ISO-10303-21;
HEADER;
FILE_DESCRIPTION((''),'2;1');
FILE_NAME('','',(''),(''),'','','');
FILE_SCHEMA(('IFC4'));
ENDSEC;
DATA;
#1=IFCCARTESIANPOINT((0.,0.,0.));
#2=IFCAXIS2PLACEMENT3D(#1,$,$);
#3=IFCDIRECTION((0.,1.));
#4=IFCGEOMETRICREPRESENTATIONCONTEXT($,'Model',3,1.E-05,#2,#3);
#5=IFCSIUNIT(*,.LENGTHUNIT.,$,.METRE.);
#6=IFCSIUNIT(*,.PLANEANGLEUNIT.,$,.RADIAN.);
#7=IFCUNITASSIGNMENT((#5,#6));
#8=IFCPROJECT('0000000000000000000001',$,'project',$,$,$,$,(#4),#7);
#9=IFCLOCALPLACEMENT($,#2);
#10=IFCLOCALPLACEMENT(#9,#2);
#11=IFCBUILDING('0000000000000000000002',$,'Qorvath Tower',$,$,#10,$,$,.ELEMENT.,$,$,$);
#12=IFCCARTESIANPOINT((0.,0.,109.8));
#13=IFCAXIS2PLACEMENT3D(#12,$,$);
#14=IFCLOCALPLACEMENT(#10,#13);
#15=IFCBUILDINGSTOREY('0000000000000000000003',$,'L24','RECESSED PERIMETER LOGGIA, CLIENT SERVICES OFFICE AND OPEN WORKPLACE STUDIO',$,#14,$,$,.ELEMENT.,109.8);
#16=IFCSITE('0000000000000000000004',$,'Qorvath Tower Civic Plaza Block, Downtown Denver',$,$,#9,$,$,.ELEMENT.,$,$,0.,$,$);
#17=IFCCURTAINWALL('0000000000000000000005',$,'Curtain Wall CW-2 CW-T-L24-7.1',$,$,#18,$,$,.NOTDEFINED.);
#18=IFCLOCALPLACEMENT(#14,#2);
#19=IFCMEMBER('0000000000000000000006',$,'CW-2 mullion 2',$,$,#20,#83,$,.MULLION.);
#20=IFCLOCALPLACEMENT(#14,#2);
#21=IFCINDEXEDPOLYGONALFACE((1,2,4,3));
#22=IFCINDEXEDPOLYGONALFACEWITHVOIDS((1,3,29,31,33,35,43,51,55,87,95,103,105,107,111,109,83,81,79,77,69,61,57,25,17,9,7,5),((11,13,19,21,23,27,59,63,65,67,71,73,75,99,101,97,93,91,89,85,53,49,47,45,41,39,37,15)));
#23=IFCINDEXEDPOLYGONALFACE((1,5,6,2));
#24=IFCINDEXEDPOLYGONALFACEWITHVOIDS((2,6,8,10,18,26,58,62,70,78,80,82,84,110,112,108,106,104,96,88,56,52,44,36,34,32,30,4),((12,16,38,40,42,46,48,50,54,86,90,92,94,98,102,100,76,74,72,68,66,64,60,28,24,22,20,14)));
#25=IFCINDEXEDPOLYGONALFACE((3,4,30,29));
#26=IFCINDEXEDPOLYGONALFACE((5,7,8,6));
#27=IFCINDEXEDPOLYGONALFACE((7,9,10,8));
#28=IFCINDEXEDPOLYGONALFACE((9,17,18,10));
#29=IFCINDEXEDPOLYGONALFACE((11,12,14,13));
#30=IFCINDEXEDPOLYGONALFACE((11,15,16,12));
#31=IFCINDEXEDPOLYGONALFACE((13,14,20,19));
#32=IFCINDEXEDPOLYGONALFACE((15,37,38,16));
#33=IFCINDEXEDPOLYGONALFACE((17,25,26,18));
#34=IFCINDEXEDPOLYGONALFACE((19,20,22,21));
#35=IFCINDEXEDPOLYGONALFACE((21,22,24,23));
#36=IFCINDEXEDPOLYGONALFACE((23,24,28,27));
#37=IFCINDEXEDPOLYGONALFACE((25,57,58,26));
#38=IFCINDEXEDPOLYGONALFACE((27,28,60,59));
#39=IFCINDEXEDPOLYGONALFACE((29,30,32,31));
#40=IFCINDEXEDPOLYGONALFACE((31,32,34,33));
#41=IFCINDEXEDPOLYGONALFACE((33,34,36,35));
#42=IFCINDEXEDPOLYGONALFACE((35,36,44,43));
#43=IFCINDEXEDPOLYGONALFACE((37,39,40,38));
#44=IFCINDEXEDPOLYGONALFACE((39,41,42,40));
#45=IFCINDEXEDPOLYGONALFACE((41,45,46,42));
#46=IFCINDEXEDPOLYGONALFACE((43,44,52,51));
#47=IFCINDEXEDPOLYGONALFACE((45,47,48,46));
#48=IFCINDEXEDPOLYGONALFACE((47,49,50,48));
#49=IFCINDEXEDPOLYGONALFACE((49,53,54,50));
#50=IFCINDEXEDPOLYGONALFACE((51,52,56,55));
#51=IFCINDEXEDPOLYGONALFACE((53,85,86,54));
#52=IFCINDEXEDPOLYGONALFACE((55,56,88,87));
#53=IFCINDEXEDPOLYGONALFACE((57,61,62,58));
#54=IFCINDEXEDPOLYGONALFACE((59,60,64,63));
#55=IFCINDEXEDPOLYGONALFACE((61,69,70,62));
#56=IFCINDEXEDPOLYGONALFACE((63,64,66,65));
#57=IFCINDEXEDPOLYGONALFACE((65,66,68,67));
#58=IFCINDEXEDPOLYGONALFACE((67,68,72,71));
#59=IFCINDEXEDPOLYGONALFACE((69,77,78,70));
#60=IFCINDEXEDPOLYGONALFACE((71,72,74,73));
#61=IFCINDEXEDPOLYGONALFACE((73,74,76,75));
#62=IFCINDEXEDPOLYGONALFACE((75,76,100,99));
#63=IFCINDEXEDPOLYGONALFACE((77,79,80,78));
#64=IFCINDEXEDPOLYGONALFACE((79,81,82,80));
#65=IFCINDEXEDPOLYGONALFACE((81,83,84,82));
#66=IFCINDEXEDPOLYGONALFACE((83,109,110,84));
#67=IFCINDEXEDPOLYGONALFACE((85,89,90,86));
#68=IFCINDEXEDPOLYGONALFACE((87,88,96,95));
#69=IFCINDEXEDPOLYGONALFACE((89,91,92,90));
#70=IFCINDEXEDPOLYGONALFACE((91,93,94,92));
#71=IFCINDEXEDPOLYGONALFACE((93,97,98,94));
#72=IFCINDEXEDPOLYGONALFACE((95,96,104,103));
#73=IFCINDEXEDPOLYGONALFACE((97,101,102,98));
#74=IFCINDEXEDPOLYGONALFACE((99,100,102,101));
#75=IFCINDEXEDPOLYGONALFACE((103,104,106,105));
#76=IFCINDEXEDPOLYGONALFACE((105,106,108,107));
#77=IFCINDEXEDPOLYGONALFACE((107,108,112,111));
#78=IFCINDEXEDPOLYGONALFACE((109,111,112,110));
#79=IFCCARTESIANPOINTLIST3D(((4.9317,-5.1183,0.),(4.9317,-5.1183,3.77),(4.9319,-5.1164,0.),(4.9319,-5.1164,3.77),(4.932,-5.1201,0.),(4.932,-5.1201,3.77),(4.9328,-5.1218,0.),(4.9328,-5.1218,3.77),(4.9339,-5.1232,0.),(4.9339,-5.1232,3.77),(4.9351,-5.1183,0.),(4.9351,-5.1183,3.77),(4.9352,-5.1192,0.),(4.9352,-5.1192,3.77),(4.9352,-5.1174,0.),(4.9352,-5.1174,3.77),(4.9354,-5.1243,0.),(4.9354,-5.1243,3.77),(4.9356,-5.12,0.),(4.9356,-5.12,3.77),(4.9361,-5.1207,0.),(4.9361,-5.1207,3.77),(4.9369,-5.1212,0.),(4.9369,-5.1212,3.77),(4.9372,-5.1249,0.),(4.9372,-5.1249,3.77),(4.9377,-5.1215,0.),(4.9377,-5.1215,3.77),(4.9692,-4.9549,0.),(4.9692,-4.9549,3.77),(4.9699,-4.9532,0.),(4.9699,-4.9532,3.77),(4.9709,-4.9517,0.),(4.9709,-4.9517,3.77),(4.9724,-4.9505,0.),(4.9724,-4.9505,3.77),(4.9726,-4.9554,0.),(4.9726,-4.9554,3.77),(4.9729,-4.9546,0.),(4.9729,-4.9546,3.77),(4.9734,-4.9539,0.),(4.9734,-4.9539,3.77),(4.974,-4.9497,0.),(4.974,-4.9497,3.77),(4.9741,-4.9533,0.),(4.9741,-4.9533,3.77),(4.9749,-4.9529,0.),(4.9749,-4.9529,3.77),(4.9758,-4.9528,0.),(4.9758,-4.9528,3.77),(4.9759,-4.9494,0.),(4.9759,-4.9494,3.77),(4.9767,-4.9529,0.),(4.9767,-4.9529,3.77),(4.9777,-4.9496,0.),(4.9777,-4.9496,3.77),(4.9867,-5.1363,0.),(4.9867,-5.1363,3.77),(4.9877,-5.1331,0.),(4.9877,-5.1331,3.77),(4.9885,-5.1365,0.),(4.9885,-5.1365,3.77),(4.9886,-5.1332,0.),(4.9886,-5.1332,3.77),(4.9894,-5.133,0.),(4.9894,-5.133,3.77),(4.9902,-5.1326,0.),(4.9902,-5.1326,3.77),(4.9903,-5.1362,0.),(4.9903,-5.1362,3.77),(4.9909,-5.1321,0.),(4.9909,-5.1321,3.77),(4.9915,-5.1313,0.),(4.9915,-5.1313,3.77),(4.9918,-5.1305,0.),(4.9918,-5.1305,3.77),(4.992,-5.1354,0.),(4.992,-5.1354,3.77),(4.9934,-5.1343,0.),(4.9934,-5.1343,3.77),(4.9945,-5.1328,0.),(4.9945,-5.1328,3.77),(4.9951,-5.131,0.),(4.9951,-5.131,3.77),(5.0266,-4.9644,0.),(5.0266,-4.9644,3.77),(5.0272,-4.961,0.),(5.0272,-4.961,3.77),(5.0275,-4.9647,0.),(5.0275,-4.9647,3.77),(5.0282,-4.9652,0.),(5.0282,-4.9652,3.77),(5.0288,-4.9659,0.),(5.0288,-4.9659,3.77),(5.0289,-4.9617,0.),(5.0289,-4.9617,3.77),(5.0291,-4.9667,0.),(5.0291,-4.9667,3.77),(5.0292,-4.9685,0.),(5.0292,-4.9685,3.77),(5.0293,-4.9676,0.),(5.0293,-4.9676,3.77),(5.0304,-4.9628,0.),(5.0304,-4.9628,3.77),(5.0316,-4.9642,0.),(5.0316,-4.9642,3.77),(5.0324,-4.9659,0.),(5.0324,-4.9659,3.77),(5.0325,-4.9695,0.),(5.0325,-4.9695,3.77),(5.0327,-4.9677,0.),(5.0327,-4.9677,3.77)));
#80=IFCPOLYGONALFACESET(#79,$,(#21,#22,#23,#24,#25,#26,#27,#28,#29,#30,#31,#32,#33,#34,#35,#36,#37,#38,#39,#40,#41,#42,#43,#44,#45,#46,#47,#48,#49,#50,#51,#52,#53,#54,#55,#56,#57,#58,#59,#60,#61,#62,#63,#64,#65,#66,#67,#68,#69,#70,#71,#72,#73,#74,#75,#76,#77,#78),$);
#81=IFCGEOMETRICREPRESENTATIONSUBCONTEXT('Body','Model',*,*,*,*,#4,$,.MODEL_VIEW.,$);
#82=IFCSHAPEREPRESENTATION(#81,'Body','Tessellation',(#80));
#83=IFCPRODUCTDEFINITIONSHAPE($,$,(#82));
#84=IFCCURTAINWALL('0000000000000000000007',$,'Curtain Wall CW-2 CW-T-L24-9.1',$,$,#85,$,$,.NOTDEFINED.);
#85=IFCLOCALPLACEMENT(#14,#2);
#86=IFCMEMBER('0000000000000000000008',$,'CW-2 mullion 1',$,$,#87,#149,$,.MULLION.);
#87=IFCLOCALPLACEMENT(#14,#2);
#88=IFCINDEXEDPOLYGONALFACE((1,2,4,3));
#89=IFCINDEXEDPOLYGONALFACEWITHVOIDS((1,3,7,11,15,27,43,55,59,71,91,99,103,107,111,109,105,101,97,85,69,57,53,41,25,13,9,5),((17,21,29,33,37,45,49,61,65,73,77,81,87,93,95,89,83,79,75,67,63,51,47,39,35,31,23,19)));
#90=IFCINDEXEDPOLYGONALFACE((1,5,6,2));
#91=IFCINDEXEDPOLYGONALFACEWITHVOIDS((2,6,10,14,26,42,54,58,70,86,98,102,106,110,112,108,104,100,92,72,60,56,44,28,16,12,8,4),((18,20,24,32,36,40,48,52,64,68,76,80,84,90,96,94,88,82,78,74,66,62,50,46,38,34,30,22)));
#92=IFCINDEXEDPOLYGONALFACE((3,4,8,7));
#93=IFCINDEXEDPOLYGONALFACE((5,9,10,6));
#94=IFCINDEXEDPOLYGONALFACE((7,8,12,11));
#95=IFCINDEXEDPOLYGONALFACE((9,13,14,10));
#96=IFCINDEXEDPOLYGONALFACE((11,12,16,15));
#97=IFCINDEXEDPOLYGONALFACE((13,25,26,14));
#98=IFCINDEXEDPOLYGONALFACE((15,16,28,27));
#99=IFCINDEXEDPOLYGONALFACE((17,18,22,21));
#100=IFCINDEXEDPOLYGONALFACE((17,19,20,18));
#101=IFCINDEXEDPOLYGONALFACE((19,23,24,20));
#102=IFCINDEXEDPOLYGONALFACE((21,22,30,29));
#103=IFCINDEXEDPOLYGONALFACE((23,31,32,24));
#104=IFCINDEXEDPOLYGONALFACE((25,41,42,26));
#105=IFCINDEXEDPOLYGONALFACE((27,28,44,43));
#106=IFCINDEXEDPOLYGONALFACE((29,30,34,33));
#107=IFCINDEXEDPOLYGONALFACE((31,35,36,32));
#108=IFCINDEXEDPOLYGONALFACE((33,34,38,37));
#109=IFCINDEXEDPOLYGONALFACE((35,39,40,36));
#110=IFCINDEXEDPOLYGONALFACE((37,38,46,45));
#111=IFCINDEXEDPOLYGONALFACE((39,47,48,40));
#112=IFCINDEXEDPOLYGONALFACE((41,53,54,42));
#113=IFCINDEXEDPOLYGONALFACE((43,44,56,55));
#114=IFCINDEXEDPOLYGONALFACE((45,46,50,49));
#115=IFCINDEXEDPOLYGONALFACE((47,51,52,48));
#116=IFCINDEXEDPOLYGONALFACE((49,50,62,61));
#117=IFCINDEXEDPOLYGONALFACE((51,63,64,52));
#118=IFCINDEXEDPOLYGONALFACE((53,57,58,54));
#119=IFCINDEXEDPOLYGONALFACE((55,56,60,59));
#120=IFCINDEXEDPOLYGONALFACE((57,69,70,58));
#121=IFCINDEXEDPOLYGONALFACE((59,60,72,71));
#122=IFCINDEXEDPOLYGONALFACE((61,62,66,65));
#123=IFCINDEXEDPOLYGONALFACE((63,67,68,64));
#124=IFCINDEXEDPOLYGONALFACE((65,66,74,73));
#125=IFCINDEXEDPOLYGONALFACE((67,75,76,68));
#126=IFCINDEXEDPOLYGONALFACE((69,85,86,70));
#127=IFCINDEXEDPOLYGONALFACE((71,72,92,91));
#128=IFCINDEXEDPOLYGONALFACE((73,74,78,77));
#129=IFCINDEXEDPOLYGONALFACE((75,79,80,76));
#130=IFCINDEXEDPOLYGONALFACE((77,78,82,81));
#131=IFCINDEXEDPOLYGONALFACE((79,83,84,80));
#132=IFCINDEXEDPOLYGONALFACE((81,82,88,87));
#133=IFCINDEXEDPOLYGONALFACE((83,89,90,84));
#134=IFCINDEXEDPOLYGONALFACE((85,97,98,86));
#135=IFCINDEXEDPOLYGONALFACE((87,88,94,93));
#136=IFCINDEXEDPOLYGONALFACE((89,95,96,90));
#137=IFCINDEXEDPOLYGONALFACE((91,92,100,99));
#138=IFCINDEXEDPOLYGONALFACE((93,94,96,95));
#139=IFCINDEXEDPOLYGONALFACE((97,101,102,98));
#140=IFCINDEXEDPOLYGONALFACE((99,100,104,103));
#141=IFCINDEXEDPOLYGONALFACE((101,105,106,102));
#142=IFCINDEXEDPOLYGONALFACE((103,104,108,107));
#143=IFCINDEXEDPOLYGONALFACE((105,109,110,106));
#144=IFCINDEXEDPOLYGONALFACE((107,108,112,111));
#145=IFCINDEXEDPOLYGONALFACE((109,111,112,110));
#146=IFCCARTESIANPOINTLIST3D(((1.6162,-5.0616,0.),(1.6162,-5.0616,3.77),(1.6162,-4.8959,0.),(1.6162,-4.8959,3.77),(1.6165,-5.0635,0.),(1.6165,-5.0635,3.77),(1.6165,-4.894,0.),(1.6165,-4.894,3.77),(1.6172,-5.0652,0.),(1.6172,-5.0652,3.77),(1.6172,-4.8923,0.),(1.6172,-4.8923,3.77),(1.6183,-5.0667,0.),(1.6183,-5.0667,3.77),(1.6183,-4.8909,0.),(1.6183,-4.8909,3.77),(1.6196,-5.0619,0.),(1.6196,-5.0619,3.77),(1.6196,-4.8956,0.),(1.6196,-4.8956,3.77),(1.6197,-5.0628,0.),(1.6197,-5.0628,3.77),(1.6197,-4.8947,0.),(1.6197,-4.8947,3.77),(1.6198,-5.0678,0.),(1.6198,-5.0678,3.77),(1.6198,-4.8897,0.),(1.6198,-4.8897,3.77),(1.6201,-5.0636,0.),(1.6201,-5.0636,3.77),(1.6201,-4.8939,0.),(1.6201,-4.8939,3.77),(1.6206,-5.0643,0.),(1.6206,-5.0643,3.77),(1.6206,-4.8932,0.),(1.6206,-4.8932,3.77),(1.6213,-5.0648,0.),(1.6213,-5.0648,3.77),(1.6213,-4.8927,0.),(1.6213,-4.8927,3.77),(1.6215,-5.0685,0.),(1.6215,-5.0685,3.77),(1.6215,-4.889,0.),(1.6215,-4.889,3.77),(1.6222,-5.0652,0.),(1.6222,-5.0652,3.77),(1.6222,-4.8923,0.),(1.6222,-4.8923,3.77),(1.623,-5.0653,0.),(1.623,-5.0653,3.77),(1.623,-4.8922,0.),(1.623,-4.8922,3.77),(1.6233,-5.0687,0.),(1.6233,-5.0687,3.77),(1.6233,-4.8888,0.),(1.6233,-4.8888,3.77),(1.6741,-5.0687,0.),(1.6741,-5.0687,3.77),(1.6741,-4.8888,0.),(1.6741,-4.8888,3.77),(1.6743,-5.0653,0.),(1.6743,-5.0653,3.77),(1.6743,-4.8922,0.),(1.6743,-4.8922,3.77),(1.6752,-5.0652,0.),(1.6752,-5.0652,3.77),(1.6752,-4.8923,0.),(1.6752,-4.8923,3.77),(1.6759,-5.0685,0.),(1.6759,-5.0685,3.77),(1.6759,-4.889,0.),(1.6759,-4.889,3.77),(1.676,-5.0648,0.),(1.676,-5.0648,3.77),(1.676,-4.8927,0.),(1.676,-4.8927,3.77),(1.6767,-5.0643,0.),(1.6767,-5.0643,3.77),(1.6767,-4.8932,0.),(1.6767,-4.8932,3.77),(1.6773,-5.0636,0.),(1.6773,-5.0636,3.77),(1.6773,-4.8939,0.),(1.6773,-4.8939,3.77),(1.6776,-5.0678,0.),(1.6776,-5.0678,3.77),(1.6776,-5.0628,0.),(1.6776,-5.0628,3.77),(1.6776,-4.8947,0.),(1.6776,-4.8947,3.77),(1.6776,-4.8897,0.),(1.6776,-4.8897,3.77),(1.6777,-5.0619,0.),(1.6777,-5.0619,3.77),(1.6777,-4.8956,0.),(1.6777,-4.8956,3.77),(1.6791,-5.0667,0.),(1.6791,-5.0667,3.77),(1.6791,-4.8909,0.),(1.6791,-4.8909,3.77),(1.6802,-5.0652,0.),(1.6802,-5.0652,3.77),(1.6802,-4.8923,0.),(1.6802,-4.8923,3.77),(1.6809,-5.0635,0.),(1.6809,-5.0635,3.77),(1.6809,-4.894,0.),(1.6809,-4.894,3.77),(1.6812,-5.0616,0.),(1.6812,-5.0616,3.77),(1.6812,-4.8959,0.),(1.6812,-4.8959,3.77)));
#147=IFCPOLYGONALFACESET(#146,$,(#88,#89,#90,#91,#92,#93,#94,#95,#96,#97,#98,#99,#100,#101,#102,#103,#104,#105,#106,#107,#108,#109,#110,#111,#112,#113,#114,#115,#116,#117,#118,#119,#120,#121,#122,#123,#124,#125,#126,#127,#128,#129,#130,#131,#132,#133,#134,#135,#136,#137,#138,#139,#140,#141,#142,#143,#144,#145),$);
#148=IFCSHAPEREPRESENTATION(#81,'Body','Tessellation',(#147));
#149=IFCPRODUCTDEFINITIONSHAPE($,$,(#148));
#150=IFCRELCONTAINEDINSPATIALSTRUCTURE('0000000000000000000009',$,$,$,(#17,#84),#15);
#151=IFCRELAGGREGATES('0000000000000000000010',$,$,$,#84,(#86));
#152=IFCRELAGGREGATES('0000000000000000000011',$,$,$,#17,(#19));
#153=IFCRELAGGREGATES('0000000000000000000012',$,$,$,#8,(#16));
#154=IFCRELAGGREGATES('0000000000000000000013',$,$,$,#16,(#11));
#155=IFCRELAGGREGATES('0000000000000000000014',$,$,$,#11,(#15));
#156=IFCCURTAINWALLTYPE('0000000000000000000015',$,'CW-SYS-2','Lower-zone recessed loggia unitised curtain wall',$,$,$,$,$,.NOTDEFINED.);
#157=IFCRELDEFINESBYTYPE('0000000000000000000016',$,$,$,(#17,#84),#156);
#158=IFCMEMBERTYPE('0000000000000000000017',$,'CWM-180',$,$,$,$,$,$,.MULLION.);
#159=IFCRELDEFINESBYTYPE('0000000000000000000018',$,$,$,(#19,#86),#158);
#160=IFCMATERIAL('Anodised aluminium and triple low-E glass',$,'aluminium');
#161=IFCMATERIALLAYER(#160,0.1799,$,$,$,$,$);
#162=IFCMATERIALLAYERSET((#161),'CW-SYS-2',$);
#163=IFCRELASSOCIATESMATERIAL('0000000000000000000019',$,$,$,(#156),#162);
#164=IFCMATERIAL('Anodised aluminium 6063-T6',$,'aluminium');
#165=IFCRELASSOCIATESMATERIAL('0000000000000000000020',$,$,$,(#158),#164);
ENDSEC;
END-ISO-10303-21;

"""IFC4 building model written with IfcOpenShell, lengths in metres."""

from ifc_helpers import new_model, si_unit, direction, frame, origin, origin_2d, place, context, subcontext, project, spatial, hollow_rectangle, extrude, material, layer, layer_set, material_profile, profile_set, type_object, element, aggregate, save


model = new_model("IFC4")

# Units and contexts
model_context = context("Model", 3, precision=1e-05, world=origin(), true_north=direction((0.0, 1.0)))
body_context = subcontext(model_context, "Body", "Model", "MODEL_VIEW")
ifc_project = project(units=[si_unit("LENGTHUNIT", "METRE"), si_unit("PLANEANGLEUNIT", "RADIAN")], contexts=[model_context])

# Site, building, storey
site_placement = place(None, origin())
site = spatial("IfcSite", under=ifc_project, at=site_placement, Name="Qorvath Tower Civic Plaza Block, Downtown Denver", CompositionType="ELEMENT", RefElevation=0.0)
building_placement = place(site_placement, origin())
building = spatial("IfcBuilding", under=site, at=building_placement, Name="Qorvath Tower", CompositionType="ELEMENT")
storey_placement = place(building_placement, frame((0.0, 0.0, 109.8)))
storey = spatial("IfcBuildingStorey", under=building, at=storey_placement, Name="L24", Description="RECESSED PERIMETER LOGGIA, CLIENT SERVICES OFFICE AND OPEN WORKPLACE STUDIO", CompositionType="ELEMENT", Elevation=109.8)

# Shared definitions
ifc_material_1 = material(Name="Anodised aluminium and triple low-E glass", Category="aluminium")
ifc_layer_1 = layer(ifc_material_1, 0.1799)
ifc_layer_set_1 = layer_set([ifc_layer_1], Name="CW-SYS-2")
curtain_wall_type = type_object("IfcCurtainWallType", Name="CW-SYS-2", Description="Lower-zone recessed loggia unitised curtain wall", PredefinedType="NOTDEFINED", material=ifc_layer_set_1)
ifc_material_2 = material(Name="Anodised aluminium 6063-T6", Category="aluminium")
ifc_material_profile_1 = material_profile(ifc_material_2, hollow_rectangle(XDim=0.0649, YDim=0.1799, WallThickness=0.0034, InnerFilletRadius=0.0034, OuterFilletRadius=0.0071, at=origin_2d()), Name="CWM 180x65")
ifc_profile_set_1 = profile_set([ifc_material_profile_1], Name="Anodised aluminium 6063-T6")
member_type_1 = type_object("IfcMemberType", Name="CWM-180", PredefinedType="MULLION", material=ifc_profile_set_1)

# Curtain wall, member
curtain_wall_1_placement = place(storey_placement, origin())
curtain_wall_1 = element("IfcCurtainWall", 1, at=curtain_wall_1_placement, inside=storey, type_object=curtain_wall_type, Name="Curtain Wall CW-2 CW-T-L24-7.1", PredefinedType="NOTDEFINED")
member_1_placement = place(storey_placement, frame((4.9822, -5.043, 0.0), z_axis=(0.0, 0.0, 1.0), x_axis=(-0.974313, 0.2252, 0.0)))
member_1 = element("IfcMember", 2, at=member_1_placement, type_object=member_type_1, Name="CW-2 mullion 2", PredefinedType="MULLION", context=body_context, shape_type="SweptSolid", body=[
    extrude(hollow_rectangle(XDim=0.0649, YDim=0.1799, WallThickness=0.0034, InnerFilletRadius=0.0034, OuterFilletRadius=0.0071, at=origin_2d()), origin(), (0.0, 0.0, 1.0), 3.77),
])

# Curtain wall, member
curtain_wall_2_placement = place(storey_placement, origin())
curtain_wall_2 = element("IfcCurtainWall", 3, at=curtain_wall_2_placement, inside=storey, type_object=curtain_wall_type, Name="Curtain Wall CW-2 CW-T-L24-9.1", PredefinedType="NOTDEFINED")
member_2_placement = place(storey_placement, frame((1.6487, -4.9788, 0.0), z_axis=(0.0, 0.0, 1.0), x_axis=(-1.0, 0.0, 0.0)))
member_2 = element("IfcMember", 4, at=member_2_placement, type_object=member_type_1, Name="CW-2 mullion 1", PredefinedType="MULLION", context=body_context, shape_type="SweptSolid", body=[
    extrude(hollow_rectangle(XDim=0.0649, YDim=0.1799, WallThickness=0.0034, InnerFilletRadius=0.0034, OuterFilletRadius=0.0071, at=origin_2d()), origin(), (0.0, 0.0, 1.0), 3.77),
])

aggregate(curtain_wall_2, [member_2])

aggregate(curtain_wall_1, [member_1])

save(model, "model.ifc")
